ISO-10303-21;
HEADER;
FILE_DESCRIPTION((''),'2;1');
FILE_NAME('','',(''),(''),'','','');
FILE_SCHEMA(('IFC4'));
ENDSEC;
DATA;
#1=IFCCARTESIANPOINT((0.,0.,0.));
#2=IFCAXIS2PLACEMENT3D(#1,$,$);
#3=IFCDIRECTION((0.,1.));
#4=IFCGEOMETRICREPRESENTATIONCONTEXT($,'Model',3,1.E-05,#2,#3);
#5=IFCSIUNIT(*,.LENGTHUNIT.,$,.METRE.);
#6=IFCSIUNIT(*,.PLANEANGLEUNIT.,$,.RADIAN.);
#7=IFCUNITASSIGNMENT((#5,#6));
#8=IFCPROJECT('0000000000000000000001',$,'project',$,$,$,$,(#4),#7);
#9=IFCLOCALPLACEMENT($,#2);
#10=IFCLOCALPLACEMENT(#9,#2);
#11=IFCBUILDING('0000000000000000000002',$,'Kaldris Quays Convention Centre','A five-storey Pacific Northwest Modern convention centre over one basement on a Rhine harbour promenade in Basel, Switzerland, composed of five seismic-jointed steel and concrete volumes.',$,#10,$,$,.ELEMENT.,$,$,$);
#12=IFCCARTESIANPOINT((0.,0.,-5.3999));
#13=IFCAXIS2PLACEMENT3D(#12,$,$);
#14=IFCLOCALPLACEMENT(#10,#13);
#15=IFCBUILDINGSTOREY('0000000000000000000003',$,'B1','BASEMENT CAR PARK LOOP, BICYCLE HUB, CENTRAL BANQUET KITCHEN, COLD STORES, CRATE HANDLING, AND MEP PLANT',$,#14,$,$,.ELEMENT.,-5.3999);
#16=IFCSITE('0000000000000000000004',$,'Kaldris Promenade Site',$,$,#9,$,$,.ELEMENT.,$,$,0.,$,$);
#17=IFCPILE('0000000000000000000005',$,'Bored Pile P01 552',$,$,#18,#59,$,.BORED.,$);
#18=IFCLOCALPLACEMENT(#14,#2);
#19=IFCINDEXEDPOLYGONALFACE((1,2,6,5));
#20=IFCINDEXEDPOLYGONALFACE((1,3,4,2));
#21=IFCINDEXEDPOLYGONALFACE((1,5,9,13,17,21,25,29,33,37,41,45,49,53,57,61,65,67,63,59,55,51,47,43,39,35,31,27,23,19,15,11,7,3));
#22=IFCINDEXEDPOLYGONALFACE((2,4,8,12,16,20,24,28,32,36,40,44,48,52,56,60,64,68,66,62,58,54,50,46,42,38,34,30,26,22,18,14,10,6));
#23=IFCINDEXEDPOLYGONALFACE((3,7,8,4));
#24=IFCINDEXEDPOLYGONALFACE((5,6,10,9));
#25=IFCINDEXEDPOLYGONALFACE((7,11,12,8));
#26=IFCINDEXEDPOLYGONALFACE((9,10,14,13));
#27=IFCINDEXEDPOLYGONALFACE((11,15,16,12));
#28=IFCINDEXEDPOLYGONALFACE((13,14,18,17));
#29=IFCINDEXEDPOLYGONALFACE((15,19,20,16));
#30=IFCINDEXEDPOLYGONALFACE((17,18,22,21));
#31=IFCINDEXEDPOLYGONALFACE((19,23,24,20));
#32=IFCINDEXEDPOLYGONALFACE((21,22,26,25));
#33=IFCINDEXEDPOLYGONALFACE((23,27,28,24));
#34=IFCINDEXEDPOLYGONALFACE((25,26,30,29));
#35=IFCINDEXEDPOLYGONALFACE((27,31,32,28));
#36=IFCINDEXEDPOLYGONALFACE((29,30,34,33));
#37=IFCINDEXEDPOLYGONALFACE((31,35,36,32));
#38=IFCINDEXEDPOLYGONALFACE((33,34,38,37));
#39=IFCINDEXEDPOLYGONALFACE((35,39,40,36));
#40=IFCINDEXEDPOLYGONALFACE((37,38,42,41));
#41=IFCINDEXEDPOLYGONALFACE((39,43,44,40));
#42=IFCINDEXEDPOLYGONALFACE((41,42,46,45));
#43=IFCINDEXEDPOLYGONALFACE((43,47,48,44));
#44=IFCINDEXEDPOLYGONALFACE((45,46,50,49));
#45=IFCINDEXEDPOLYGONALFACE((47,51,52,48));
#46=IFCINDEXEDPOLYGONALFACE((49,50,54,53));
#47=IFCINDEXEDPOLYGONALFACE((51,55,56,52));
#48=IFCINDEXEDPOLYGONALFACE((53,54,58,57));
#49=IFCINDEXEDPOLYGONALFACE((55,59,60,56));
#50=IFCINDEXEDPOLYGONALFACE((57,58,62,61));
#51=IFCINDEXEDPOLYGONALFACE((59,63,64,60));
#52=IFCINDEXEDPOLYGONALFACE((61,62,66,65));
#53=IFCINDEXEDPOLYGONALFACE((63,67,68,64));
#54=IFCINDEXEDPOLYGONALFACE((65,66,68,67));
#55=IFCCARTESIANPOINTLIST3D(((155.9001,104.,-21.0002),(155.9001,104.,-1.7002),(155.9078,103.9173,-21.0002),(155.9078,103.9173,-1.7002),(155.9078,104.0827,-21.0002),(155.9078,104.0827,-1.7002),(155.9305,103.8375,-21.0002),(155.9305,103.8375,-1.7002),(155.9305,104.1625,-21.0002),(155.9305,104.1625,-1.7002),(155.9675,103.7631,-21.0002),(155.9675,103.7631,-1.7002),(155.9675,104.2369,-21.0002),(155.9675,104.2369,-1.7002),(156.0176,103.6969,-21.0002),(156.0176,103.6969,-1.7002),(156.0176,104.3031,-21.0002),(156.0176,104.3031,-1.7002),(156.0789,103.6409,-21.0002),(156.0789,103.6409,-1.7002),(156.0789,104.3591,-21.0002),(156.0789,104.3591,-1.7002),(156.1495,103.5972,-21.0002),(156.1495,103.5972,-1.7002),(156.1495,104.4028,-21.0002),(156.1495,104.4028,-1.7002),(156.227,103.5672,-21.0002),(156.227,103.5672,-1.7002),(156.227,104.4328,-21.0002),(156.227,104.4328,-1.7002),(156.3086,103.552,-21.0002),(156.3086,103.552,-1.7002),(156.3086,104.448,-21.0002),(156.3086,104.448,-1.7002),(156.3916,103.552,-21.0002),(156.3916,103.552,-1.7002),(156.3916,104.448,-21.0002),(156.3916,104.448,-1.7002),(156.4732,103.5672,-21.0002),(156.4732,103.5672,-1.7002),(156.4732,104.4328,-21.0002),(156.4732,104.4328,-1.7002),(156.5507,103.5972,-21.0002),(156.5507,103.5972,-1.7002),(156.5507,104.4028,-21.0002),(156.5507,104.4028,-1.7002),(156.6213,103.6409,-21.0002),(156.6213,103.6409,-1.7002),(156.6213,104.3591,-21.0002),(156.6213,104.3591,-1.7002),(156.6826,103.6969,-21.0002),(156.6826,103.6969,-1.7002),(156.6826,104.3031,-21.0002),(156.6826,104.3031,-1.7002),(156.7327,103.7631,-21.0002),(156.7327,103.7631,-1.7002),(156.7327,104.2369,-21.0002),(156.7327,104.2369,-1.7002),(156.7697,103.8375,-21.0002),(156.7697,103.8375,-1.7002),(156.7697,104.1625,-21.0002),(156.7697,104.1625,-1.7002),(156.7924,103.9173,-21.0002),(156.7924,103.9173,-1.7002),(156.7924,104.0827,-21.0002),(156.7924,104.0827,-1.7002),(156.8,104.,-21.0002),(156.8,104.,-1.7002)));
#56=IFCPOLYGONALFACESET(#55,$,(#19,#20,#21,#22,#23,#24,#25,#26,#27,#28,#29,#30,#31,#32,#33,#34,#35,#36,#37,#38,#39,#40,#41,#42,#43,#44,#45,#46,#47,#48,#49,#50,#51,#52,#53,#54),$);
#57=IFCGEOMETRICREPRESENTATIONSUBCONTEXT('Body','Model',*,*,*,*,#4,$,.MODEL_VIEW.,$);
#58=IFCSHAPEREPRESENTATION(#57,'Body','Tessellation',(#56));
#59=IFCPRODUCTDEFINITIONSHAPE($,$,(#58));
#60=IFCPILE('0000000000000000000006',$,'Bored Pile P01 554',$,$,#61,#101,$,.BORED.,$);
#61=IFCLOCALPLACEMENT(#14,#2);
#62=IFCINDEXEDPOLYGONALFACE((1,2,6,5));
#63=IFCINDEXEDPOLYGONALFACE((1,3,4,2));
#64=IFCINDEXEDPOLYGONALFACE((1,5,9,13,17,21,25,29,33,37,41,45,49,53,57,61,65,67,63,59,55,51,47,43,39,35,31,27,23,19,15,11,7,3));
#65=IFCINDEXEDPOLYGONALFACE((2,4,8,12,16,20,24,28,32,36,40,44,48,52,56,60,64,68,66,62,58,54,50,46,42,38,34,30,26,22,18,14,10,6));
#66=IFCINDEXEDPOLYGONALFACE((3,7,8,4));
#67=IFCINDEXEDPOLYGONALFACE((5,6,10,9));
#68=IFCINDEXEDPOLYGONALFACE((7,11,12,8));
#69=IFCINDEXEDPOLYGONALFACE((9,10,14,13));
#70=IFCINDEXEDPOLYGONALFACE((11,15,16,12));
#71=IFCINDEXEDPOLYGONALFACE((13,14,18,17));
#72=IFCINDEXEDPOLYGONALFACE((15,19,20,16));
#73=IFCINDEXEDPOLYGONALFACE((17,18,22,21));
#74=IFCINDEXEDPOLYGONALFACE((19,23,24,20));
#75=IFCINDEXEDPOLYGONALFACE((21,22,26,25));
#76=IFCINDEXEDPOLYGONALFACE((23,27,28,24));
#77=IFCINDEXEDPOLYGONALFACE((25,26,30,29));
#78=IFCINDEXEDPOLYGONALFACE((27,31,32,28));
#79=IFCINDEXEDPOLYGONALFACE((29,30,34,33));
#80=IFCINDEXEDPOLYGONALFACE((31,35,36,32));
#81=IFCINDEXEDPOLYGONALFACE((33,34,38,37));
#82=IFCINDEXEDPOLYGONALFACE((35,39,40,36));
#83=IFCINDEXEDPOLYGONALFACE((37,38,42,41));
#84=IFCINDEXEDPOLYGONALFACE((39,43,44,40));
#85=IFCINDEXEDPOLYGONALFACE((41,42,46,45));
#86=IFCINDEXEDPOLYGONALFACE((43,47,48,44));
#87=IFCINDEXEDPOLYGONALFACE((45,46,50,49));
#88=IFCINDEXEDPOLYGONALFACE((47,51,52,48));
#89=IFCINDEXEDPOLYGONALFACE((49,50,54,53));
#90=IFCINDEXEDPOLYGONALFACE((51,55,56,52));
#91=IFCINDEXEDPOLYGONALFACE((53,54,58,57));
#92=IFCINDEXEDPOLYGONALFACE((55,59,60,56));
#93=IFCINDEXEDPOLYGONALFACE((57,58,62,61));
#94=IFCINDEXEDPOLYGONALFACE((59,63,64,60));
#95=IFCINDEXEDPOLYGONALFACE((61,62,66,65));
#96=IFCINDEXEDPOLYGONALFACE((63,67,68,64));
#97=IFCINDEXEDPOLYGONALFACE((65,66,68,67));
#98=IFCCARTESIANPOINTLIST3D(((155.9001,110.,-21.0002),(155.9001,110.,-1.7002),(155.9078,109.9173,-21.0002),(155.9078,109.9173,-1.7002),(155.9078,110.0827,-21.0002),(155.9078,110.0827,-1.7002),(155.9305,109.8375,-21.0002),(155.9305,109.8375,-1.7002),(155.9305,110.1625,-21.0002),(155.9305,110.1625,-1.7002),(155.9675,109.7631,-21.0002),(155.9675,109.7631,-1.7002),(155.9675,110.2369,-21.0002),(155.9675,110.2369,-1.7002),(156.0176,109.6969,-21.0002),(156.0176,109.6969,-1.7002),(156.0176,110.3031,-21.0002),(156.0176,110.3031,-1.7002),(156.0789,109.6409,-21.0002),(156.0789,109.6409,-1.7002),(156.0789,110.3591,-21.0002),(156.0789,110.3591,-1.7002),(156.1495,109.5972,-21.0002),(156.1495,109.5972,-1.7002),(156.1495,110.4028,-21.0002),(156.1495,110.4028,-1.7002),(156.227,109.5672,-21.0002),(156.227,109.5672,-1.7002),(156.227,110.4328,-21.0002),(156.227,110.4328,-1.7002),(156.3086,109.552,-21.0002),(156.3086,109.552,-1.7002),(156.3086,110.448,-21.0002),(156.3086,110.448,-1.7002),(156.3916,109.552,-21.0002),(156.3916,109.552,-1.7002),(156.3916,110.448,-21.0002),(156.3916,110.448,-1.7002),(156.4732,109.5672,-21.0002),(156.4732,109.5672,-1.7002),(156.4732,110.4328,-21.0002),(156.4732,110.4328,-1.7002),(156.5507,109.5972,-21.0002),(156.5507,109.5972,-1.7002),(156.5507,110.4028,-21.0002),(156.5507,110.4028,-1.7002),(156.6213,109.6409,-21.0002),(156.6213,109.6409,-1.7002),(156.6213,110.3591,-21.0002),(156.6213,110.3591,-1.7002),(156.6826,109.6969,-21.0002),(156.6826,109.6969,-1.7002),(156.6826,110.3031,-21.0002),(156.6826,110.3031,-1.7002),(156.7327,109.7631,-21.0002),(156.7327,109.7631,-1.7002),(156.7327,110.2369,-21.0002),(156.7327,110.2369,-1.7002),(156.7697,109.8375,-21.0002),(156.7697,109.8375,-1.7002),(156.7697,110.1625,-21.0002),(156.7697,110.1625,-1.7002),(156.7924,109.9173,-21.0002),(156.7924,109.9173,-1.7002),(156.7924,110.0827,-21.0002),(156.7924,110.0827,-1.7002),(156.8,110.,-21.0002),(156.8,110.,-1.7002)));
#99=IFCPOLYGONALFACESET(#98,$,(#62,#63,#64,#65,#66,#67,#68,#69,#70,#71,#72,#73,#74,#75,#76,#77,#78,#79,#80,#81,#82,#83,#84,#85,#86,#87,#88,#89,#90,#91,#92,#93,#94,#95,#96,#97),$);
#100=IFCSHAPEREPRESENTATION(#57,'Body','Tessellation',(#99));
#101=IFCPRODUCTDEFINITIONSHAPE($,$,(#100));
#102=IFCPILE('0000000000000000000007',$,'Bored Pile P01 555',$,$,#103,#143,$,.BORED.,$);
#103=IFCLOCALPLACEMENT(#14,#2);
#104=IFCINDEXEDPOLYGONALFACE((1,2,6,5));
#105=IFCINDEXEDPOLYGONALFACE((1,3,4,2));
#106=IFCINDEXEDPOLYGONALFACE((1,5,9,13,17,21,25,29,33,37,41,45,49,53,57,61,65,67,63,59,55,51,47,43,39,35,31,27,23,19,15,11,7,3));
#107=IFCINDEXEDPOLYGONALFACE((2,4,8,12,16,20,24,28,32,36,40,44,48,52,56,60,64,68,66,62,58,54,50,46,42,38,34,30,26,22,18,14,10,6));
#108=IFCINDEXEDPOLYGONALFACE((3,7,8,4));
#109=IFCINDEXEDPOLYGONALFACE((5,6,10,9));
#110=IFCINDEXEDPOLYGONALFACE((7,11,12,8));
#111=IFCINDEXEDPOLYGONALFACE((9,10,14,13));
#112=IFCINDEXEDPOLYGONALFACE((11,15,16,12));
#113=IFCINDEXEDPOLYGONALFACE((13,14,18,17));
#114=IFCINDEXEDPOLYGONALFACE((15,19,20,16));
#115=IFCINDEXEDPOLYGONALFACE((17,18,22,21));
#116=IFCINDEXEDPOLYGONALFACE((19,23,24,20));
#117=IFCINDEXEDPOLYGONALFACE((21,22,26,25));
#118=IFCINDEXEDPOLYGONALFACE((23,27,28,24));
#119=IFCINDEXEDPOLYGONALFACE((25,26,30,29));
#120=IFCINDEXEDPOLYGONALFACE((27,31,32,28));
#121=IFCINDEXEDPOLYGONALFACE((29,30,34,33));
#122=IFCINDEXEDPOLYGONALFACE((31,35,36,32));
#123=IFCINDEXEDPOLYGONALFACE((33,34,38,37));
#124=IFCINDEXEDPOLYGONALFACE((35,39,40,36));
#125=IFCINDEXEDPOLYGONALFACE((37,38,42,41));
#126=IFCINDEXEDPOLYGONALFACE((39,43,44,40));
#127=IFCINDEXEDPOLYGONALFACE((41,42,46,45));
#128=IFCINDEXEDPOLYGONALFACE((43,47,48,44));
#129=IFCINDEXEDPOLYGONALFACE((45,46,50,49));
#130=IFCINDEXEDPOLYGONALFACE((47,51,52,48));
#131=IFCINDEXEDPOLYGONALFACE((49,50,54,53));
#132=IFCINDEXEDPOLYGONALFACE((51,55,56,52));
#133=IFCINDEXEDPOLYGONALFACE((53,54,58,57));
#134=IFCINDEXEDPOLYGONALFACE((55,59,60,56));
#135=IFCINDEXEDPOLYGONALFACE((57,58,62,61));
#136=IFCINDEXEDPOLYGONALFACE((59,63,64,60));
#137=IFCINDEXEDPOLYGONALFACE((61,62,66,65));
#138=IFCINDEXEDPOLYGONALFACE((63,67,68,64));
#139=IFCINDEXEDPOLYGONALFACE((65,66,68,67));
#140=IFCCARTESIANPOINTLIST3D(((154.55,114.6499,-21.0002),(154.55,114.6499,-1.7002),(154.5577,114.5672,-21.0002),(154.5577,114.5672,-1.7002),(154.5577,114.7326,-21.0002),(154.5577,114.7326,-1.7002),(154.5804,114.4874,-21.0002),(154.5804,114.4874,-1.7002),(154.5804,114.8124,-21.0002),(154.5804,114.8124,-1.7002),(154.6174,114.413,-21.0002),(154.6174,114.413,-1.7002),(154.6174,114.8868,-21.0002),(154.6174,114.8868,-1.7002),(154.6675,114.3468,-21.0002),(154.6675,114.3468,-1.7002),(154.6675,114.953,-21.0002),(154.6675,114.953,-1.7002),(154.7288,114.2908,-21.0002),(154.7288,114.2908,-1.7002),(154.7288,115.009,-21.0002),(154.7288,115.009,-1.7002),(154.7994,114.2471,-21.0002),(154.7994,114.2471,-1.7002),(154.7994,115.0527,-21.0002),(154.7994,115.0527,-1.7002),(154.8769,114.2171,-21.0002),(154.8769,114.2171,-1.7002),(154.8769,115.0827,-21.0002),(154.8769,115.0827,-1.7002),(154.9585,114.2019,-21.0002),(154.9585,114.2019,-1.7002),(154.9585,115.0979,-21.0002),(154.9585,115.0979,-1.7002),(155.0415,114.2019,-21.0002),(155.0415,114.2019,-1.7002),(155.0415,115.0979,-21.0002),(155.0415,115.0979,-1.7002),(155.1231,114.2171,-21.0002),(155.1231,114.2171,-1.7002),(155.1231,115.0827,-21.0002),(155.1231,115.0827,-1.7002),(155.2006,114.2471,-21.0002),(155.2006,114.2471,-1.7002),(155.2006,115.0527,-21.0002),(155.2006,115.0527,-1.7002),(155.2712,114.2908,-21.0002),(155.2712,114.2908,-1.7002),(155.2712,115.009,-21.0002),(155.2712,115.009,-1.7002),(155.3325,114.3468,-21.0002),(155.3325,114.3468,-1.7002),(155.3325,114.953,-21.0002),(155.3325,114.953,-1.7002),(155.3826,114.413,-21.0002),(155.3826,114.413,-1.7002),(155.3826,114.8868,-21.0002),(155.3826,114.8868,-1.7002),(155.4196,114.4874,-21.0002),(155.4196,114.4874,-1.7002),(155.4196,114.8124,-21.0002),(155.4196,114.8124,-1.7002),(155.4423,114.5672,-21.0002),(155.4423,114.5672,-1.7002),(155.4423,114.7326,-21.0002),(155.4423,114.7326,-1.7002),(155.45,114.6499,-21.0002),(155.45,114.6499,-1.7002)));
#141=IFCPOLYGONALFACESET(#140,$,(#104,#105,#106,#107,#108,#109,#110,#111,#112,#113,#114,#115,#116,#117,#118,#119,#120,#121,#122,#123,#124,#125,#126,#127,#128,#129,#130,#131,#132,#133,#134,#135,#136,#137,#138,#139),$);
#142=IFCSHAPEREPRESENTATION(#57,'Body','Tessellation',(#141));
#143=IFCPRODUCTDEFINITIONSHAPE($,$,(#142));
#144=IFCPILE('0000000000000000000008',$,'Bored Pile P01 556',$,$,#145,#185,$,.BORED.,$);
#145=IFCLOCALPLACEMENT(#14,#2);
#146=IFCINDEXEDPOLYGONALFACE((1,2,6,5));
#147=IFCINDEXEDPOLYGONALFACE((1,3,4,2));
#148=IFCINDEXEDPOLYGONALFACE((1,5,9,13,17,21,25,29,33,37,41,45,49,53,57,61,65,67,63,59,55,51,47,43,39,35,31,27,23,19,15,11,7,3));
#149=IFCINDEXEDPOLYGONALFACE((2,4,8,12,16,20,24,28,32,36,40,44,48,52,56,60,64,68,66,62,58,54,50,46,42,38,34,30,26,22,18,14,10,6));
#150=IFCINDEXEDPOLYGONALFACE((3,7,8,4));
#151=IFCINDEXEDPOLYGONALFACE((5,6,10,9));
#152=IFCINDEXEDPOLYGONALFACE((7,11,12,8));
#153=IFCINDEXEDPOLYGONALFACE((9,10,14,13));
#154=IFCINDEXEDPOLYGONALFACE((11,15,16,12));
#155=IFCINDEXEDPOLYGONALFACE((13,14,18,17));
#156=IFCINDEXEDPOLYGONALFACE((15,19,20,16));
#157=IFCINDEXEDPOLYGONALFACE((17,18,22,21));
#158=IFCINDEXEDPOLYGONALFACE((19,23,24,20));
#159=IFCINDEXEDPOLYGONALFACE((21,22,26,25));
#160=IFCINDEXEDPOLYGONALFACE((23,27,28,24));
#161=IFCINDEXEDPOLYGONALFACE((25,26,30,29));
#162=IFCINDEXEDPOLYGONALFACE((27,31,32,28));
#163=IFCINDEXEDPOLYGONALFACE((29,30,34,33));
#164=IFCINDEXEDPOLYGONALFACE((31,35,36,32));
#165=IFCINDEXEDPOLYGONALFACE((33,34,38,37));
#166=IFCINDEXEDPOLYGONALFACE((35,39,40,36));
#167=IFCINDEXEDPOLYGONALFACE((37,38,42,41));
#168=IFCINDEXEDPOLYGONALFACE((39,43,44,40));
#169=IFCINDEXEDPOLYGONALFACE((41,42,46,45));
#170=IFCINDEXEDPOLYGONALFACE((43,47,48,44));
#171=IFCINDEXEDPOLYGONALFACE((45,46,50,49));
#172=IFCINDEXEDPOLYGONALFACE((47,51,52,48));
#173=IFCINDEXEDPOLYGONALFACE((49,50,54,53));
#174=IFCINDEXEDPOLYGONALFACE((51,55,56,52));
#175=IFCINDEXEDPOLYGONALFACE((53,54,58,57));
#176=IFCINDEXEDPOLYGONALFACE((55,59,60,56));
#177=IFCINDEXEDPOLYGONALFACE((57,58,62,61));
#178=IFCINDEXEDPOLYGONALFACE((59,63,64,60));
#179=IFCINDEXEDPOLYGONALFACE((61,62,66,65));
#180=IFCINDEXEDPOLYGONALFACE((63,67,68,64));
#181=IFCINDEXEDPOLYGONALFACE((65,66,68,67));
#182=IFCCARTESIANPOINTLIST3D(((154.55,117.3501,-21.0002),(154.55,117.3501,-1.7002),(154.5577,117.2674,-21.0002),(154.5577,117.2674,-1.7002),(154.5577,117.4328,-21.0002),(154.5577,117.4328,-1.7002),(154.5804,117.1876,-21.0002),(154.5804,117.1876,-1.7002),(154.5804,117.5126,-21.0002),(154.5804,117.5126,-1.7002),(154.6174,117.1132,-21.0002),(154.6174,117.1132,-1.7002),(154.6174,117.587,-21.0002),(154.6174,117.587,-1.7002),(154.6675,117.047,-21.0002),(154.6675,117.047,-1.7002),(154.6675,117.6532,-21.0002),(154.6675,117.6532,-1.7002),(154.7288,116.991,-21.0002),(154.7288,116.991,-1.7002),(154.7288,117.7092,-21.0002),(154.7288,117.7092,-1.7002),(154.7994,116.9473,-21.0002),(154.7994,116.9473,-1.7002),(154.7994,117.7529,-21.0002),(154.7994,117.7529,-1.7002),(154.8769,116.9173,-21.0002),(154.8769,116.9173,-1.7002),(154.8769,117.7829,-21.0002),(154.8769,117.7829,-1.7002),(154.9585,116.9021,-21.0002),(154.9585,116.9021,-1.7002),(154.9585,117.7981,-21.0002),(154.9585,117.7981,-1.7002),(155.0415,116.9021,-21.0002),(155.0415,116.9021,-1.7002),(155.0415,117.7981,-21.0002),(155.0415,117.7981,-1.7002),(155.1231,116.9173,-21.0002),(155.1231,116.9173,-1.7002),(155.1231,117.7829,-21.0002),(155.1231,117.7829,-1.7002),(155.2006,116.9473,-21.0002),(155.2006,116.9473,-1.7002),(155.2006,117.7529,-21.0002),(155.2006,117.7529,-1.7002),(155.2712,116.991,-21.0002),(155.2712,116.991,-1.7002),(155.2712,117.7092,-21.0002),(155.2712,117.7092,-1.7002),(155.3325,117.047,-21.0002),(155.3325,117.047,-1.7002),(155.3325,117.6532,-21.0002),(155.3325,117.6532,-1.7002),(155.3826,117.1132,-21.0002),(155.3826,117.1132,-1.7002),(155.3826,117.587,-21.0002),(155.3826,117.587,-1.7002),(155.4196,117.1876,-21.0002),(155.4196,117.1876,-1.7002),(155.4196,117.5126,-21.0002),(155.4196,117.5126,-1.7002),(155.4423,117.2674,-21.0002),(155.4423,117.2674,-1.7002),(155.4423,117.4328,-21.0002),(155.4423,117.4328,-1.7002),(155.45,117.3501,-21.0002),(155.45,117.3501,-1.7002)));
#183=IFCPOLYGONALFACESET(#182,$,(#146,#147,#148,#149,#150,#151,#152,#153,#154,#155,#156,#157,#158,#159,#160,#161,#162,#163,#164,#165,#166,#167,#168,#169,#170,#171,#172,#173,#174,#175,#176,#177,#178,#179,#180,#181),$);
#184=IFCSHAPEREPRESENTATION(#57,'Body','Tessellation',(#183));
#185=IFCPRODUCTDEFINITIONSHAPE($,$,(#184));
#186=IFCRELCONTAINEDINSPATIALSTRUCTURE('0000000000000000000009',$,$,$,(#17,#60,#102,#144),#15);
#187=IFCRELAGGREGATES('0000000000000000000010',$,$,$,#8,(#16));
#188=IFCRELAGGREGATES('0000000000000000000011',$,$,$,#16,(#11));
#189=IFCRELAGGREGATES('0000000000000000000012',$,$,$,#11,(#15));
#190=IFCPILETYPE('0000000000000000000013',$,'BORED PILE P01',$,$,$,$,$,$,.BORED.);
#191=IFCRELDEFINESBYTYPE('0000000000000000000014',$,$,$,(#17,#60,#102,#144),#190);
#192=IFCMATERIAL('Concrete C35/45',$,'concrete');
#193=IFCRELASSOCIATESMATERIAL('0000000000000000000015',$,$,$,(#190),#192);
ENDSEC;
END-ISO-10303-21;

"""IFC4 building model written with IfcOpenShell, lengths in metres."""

from ifc_helpers import new_model, si_unit, direction, frame, origin, origin_2d, place, context, subcontext, project, spatial, circle, extrude, material, material_profile, profile_set, type_object, element, save


model = new_model("IFC4")

# Units and contexts
model_context = context("Model", 3, precision=1e-05, world=origin(), true_north=direction((0.0, 1.0)))
body_context = subcontext(model_context, "Body", "Model", "MODEL_VIEW")
ifc_project = project(units=[si_unit("LENGTHUNIT", "METRE"), si_unit("PLANEANGLEUNIT", "RADIAN")], contexts=[model_context])

# Site, building, storey
site_placement = place(None, origin())
site = spatial("IfcSite", under=ifc_project, at=site_placement, Name="Kaldris Promenade Site", CompositionType="ELEMENT", RefElevation=0.0)
building_placement = place(site_placement, origin())
building = spatial("IfcBuilding", under=site, at=building_placement, Name="Kaldris Quays Convention Centre", Description="A five-storey Pacific Northwest Modern convention centre over one basement on a Rhine harbour promenade in Basel, Switzerland, composed of five seismic-jointed steel and concrete volumes.", CompositionType="ELEMENT")
storey_placement = place(building_placement, frame((0.0, 0.0, -5.3999)))
storey = spatial("IfcBuildingStorey", under=building, at=storey_placement, Name="B1", Description="BASEMENT CAR PARK LOOP, BICYCLE HUB, CENTRAL BANQUET KITCHEN, COLD STORES, CRATE HANDLING, AND MEP PLANT", CompositionType="ELEMENT", Elevation=-5.3999)

# Piles
ifc_material_1 = material(Name="Concrete C35/45", Category="concrete")
ifc_material_profile_1 = material_profile(ifc_material_1, circle(Radius=0.45, at=origin_2d()), Name="BORED PILE D900")
ifc_profile_set_1 = profile_set([ifc_material_profile_1], Name="Concrete C35/45")
pile_type_1 = type_object("IfcPileType", Name="BORED PILE P01", PredefinedType="BORED", material=ifc_profile_set_1)
for number, where, z_axis, x_axis, name in (
    (1, (156.3501, 104.0, -1.7002), (0.0, 0.0, -1.0), (1.0, 0.0, 0.0), "Bored Pile P01 552"),
    (2, (156.3501, 110.0, -1.7002), (0.0, 0.0, -1.0), (1.0, 0.0, 0.0), "Bored Pile P01 554"),
    (3, (155.0, 114.6499, -1.7002), (0.0, 0.0, -1.0), (1.0, 0.0, 0.0), "Bored Pile P01 555"),
    (4, (155.0, 117.3501, -1.7002), (0.0, 0.0, -1.0), (1.0, 0.0, 0.0), "Bored Pile P01 556"),
):
    element("IfcPile", number, at=place(storey_placement, frame(where, z_axis=z_axis, x_axis=x_axis)), inside=storey, type_object=pile_type_1, Name=name, PredefinedType="BORED", context=body_context, shape_type="SweptSolid", body=[
        extrude(circle(Radius=0.45, at=origin_2d()), origin(), (0.0, 0.0, 1.0), 19.3),
    ])

save(model, "model.ifc")
